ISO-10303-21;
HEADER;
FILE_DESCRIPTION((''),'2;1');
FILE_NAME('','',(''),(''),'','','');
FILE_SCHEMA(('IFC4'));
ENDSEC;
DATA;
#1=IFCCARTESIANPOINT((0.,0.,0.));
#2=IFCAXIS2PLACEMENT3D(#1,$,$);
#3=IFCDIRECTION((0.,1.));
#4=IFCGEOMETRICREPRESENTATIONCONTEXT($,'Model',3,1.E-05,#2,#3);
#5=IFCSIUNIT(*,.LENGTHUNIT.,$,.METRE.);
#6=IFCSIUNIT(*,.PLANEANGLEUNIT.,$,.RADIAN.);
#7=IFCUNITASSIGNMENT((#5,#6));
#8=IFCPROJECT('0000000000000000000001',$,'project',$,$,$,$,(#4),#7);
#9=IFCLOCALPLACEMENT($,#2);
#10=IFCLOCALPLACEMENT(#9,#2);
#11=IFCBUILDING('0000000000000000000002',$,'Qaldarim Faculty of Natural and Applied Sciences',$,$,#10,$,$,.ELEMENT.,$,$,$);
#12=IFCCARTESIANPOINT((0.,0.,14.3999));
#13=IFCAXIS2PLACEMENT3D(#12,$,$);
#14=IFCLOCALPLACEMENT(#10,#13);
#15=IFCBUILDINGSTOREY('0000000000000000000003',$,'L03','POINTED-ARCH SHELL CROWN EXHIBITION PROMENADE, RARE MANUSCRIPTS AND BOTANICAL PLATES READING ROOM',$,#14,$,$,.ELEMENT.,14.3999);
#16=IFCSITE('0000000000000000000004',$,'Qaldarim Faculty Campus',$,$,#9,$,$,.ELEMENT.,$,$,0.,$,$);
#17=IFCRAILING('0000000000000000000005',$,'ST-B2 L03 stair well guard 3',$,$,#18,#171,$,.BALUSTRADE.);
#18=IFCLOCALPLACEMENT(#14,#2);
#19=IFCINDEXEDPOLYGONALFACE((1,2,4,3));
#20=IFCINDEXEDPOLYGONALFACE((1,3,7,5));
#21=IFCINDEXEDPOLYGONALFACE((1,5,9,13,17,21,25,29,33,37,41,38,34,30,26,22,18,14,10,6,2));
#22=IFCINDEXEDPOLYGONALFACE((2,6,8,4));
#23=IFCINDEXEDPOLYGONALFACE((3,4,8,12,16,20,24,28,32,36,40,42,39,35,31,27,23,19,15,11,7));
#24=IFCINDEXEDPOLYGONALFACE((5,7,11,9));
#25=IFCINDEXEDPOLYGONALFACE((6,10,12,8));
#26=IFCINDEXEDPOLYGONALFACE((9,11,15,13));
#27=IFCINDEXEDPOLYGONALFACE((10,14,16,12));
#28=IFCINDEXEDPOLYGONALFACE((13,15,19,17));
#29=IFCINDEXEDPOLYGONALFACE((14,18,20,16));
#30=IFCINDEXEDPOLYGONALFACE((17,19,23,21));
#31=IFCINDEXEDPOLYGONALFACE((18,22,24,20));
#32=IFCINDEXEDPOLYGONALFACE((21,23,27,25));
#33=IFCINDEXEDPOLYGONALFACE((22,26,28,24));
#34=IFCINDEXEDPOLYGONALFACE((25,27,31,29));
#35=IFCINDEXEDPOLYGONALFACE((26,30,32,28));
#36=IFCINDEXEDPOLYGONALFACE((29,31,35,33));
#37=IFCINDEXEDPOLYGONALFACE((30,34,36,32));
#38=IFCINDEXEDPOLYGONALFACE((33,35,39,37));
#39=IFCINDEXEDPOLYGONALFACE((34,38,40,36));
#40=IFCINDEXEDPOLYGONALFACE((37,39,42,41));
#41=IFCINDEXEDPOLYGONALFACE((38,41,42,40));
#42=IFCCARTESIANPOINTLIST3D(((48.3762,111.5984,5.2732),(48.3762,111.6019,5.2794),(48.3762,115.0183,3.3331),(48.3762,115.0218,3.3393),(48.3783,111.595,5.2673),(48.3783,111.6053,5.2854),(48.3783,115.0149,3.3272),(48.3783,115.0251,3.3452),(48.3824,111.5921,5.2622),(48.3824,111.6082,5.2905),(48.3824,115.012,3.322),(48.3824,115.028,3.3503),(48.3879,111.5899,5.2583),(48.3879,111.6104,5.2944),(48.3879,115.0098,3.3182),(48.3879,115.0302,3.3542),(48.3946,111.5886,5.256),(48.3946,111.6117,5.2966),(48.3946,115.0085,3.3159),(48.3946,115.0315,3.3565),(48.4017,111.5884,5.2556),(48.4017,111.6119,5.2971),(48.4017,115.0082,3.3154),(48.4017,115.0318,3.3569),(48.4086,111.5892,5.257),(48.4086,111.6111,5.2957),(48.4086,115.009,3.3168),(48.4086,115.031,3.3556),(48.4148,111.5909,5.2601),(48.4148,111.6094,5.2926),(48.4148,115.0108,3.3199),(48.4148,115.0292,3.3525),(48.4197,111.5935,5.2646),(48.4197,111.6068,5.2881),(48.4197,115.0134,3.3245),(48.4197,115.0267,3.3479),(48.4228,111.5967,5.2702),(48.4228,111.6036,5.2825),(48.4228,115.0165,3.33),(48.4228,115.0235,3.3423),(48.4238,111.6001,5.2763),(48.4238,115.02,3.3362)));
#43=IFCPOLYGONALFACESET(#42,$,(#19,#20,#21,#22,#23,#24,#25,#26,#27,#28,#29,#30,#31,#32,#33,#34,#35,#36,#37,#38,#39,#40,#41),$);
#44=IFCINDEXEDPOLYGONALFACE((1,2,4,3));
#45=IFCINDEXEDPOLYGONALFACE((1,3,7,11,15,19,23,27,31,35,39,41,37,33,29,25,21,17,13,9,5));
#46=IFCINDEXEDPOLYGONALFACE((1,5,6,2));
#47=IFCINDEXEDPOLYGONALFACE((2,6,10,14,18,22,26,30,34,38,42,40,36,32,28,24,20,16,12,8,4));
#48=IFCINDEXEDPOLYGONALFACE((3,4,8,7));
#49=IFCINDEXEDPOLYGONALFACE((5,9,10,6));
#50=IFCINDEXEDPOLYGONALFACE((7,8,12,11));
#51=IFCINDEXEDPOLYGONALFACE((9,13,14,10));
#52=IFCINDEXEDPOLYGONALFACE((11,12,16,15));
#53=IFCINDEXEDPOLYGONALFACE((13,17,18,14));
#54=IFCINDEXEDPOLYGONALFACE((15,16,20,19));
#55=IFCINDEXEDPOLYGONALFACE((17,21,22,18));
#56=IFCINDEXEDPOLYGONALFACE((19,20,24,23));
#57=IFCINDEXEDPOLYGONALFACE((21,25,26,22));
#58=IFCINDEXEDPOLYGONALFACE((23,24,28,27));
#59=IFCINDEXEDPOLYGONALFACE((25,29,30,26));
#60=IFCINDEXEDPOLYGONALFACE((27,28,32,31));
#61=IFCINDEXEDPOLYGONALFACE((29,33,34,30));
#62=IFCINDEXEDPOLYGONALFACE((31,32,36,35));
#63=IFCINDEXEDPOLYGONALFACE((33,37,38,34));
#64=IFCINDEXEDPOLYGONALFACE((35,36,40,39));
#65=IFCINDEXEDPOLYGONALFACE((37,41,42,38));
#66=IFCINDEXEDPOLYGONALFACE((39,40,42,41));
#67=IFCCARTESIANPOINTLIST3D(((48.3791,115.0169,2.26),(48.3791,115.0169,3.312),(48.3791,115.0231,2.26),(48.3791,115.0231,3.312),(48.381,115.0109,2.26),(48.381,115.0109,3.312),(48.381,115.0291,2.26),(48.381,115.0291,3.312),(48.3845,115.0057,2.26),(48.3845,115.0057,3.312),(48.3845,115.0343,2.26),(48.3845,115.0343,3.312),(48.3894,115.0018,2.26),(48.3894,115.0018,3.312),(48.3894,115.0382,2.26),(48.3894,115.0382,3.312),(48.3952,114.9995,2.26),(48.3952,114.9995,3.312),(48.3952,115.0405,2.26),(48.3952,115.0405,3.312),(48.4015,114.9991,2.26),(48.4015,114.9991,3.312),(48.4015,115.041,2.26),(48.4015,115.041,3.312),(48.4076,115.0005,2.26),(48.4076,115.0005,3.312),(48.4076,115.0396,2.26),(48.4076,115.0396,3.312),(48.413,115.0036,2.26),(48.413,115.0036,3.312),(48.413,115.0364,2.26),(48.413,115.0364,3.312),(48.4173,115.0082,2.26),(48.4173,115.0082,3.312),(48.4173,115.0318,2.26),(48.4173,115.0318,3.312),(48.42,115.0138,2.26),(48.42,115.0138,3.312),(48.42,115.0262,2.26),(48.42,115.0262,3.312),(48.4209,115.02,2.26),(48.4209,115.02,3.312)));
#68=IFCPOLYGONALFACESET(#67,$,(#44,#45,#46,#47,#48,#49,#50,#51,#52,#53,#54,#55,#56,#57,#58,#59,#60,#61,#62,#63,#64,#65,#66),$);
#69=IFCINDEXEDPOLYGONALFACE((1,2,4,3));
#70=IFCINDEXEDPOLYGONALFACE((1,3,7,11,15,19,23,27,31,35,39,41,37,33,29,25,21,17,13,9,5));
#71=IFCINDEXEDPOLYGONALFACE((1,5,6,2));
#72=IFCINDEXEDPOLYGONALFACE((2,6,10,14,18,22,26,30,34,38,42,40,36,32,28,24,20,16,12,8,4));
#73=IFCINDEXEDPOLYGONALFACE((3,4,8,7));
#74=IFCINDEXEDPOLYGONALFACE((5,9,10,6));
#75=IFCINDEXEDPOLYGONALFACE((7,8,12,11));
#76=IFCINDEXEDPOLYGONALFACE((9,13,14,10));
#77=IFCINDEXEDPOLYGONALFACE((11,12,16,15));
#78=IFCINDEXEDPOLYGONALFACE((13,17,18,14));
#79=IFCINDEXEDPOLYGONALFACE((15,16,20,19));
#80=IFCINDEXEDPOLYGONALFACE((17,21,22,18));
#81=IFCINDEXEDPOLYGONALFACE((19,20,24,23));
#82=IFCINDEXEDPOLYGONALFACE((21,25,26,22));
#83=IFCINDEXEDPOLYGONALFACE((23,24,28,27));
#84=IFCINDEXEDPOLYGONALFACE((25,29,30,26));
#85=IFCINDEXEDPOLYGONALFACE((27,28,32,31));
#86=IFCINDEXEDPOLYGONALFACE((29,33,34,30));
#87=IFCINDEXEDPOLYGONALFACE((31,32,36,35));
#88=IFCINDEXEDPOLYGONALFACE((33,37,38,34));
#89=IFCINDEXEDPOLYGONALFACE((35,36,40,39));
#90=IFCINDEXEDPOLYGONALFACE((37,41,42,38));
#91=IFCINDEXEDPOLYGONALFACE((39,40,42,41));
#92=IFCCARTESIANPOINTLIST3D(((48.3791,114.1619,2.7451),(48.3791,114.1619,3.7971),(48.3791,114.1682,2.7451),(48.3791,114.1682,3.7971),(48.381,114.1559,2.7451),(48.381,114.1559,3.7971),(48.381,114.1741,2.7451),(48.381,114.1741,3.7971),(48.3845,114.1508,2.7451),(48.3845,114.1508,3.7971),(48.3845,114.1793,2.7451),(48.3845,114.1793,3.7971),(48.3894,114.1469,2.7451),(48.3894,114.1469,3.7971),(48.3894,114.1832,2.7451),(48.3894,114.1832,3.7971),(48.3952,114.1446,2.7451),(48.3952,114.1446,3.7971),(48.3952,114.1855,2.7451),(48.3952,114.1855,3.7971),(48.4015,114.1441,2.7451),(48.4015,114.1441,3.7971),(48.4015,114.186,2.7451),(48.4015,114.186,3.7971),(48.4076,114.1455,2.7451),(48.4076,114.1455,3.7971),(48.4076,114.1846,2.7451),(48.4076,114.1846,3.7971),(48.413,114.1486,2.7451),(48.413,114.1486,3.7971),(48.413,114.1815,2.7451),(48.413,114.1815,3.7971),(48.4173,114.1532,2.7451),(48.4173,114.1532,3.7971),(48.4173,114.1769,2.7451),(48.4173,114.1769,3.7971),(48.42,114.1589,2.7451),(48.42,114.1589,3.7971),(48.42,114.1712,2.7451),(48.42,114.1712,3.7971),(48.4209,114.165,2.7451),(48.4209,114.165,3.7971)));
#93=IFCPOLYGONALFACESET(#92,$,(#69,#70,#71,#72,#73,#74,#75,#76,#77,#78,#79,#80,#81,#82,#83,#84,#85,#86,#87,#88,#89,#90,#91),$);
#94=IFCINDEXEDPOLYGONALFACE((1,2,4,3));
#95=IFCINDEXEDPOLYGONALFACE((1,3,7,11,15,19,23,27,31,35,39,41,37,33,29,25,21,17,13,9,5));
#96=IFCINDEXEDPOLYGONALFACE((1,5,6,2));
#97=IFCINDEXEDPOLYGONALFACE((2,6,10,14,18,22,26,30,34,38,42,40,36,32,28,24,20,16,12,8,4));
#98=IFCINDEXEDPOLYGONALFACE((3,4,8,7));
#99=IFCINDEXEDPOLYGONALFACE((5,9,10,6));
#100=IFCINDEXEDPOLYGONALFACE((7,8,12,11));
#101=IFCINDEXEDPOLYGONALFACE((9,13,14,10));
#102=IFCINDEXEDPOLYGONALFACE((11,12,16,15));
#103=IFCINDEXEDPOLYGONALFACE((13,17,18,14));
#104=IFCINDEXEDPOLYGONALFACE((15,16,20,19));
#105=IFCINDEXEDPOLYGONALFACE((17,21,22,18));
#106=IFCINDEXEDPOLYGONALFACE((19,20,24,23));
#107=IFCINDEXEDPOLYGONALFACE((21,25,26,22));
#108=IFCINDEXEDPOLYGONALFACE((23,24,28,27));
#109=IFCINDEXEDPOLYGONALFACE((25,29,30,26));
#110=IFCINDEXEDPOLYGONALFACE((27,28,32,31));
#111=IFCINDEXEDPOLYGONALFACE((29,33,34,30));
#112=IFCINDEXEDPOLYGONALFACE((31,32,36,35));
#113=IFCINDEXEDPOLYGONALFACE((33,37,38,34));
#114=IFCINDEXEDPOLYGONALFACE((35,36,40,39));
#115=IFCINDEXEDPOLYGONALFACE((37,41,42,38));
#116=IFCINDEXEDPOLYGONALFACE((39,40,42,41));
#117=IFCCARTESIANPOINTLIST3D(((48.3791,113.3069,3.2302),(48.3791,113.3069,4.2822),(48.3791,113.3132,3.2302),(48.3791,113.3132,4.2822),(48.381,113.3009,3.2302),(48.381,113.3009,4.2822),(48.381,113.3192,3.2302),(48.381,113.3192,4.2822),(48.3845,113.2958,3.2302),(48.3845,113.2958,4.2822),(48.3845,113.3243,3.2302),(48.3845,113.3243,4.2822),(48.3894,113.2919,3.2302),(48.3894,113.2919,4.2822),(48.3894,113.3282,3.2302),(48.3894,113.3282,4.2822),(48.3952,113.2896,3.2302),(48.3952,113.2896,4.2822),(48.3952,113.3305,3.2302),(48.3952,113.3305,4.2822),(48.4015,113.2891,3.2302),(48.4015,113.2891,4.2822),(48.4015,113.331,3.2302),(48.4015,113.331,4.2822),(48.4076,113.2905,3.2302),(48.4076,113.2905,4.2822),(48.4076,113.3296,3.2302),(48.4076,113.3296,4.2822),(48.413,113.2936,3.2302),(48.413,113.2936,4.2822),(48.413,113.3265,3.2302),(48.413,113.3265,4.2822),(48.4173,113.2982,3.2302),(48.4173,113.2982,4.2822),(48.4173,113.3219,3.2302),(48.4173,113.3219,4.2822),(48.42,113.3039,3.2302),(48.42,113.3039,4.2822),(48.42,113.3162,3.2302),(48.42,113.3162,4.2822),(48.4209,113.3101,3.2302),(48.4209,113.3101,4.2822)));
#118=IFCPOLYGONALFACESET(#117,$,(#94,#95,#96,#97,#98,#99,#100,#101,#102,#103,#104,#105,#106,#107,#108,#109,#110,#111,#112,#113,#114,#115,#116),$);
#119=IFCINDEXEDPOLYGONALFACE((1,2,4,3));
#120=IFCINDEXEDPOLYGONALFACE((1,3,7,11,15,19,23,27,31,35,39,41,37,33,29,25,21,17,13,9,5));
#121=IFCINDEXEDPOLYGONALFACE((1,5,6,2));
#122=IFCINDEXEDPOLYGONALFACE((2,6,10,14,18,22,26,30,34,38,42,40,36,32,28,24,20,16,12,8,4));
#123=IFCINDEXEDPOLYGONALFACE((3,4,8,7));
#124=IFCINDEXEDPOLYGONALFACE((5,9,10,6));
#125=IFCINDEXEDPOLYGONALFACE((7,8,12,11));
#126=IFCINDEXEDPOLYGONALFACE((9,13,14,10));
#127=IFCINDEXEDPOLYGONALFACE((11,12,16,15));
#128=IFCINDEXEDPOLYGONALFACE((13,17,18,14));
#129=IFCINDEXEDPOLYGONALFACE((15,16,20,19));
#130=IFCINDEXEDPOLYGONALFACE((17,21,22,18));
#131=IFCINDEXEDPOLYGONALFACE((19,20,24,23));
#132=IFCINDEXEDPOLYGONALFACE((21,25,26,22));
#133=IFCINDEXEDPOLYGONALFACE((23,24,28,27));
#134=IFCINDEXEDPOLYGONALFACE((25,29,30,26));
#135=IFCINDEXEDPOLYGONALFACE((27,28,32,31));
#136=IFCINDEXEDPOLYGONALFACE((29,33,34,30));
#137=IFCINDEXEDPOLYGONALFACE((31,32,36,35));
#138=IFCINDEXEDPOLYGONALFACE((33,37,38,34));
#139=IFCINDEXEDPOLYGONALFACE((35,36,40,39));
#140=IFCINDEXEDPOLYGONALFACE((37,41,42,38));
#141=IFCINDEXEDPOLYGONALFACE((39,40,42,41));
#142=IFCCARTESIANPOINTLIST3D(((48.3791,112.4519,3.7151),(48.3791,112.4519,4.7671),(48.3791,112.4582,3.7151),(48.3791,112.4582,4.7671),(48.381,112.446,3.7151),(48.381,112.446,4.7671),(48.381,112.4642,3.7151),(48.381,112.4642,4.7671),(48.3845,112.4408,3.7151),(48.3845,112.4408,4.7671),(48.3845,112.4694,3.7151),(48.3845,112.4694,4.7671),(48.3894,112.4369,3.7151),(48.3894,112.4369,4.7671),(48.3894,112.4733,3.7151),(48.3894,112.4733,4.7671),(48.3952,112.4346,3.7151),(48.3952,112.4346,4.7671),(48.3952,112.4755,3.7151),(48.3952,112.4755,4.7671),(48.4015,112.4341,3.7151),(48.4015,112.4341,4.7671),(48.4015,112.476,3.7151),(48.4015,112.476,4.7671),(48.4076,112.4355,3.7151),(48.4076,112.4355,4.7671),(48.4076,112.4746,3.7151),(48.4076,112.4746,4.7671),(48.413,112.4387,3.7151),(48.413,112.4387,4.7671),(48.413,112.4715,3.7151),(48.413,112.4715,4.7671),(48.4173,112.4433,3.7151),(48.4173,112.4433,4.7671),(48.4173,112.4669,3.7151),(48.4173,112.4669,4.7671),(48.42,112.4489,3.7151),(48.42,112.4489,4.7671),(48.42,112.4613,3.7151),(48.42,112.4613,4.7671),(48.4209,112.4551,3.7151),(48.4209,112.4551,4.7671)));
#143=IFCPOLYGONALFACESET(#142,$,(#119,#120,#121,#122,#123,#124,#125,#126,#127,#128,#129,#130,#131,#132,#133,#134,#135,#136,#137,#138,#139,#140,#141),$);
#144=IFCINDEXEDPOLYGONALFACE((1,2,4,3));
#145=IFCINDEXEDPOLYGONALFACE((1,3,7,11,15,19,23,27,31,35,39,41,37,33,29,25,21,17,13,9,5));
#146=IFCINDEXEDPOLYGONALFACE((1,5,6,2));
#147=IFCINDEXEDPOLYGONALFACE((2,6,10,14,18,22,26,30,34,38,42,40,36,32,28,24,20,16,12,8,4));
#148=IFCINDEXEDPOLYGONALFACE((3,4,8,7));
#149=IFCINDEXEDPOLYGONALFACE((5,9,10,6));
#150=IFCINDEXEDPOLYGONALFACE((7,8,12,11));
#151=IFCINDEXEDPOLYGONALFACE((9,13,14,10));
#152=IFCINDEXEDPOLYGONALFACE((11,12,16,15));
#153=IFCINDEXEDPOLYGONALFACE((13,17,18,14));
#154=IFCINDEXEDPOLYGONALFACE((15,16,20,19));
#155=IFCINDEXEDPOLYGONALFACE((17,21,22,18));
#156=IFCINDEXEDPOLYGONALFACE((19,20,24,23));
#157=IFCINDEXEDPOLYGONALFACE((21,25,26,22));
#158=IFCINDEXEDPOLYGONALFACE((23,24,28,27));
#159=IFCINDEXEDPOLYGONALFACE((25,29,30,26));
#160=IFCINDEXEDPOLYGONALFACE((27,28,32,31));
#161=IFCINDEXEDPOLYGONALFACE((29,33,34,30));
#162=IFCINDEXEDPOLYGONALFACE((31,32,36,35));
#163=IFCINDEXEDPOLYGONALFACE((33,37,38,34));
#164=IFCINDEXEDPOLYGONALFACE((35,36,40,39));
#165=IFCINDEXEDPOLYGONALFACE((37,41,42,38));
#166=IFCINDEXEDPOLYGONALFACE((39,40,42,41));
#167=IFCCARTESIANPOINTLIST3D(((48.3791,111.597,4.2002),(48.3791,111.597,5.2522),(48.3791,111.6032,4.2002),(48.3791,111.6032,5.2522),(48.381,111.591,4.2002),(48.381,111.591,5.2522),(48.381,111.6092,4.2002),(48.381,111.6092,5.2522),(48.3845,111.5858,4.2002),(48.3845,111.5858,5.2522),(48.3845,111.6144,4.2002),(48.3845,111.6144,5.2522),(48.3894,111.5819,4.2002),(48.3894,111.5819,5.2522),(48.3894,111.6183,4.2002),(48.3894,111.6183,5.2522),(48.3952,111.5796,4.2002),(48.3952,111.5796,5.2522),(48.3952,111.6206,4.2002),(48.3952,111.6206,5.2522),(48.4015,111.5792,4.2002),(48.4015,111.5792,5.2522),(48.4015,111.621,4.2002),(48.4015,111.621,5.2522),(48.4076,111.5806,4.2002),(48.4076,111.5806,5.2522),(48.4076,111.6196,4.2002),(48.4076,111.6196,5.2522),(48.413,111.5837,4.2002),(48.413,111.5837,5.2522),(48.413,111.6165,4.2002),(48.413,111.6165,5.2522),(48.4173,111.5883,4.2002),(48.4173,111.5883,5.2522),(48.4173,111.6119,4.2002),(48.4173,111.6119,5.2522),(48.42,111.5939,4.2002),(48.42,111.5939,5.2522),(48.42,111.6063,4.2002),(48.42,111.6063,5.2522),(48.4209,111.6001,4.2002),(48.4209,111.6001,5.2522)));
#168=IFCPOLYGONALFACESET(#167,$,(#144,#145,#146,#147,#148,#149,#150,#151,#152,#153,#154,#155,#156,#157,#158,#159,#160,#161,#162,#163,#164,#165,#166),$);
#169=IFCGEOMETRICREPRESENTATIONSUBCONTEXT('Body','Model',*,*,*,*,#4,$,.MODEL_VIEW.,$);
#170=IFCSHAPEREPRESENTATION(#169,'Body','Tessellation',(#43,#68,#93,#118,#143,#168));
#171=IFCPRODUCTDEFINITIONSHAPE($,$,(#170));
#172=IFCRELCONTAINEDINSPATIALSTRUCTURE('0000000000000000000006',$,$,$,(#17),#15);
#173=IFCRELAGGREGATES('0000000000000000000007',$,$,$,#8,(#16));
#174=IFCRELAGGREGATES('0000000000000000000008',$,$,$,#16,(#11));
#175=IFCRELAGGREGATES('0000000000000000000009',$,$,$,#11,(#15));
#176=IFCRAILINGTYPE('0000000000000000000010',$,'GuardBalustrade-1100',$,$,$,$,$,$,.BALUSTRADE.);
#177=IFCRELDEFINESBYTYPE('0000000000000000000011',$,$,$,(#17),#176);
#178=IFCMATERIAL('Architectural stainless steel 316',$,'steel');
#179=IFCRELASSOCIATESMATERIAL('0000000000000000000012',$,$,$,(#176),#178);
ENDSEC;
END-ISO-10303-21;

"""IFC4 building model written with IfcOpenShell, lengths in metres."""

from ifc_helpers import new_model, si_unit, direction, frame, origin, origin_2d, place, context, subcontext, project, spatial, circle, extrude, material, type_object, element, save


model = new_model("IFC4")

# Units and contexts
model_context = context("Model", 3, precision=1e-05, world=origin(), true_north=direction((0.0, 1.0)))
body_context = subcontext(model_context, "Body", "Model", "MODEL_VIEW")
ifc_project = project(units=[si_unit("LENGTHUNIT", "METRE"), si_unit("PLANEANGLEUNIT", "RADIAN")], contexts=[model_context])

# Site, building, storey
site_placement = place(None, origin())
site = spatial("IfcSite", under=ifc_project, at=site_placement, Name="Qaldarim Faculty Campus", CompositionType="ELEMENT", RefElevation=0.0)
building_placement = place(site_placement, origin())
building = spatial("IfcBuilding", under=site, at=building_placement, Name="Qaldarim Faculty of Natural and Applied Sciences", CompositionType="ELEMENT")
storey_placement = place(building_placement, frame((0.0, 0.0, 14.3999)))
storey = spatial("IfcBuildingStorey", under=building, at=storey_placement, Name="L03", Description="POINTED-ARCH SHELL CROWN EXHIBITION PROMENADE, RARE MANUSCRIPTS AND BOTANICAL PLATES READING ROOM", CompositionType="ELEMENT", Elevation=14.3999)

# Shared definitions
ifc_material_1 = material(Name="Architectural stainless steel 316", Category="steel")

# Railing
railing_type_1 = type_object("IfcRailingType", Name="GuardBalustrade-1100", PredefinedType="BALUSTRADE", material=ifc_material_1)
railing_1_placement = place(storey_placement, frame((48.3999, 115.02, 2.26)))
element("IfcRailing", 1, at=railing_1_placement, inside=storey, type_object=railing_type_1, Name="ST-B2 L03 stair well guard 3", PredefinedType="BALUSTRADE", context=body_context, shape_type="SweptSolid", body=[
    extrude(circle(Radius=0.0239, at=origin_2d()), frame((0.0, 0.0, 1.0762), z_axis=(0.0, -0.869779, 0.493442), x_axis=(1.0, 0.0, 0.0)), (0.0, 0.0, 1.0), 3.9319),
    extrude(circle(Radius=0.021, at=origin_2d()), origin(), (0.0, 0.0, 1.0), 1.052),
    extrude(circle(Radius=0.021, at=origin_2d()), frame((0.0, -0.855, 0.4851)), (0.0, 0.0, 1.0), 1.052),
    extrude(circle(Radius=0.021, at=origin_2d()), frame((0.0, -1.71, 0.9702)), (0.0, 0.0, 1.0), 1.052),
    extrude(circle(Radius=0.021, at=origin_2d()), frame((0.0, -2.5649, 1.4551)), (0.0, 0.0, 1.0), 1.052),
    extrude(circle(Radius=0.021, at=origin_2d()), frame((0.0, -3.4199, 1.9402)), (0.0, 0.0, 1.0), 1.052),
])

save(model, "model.ifc")
